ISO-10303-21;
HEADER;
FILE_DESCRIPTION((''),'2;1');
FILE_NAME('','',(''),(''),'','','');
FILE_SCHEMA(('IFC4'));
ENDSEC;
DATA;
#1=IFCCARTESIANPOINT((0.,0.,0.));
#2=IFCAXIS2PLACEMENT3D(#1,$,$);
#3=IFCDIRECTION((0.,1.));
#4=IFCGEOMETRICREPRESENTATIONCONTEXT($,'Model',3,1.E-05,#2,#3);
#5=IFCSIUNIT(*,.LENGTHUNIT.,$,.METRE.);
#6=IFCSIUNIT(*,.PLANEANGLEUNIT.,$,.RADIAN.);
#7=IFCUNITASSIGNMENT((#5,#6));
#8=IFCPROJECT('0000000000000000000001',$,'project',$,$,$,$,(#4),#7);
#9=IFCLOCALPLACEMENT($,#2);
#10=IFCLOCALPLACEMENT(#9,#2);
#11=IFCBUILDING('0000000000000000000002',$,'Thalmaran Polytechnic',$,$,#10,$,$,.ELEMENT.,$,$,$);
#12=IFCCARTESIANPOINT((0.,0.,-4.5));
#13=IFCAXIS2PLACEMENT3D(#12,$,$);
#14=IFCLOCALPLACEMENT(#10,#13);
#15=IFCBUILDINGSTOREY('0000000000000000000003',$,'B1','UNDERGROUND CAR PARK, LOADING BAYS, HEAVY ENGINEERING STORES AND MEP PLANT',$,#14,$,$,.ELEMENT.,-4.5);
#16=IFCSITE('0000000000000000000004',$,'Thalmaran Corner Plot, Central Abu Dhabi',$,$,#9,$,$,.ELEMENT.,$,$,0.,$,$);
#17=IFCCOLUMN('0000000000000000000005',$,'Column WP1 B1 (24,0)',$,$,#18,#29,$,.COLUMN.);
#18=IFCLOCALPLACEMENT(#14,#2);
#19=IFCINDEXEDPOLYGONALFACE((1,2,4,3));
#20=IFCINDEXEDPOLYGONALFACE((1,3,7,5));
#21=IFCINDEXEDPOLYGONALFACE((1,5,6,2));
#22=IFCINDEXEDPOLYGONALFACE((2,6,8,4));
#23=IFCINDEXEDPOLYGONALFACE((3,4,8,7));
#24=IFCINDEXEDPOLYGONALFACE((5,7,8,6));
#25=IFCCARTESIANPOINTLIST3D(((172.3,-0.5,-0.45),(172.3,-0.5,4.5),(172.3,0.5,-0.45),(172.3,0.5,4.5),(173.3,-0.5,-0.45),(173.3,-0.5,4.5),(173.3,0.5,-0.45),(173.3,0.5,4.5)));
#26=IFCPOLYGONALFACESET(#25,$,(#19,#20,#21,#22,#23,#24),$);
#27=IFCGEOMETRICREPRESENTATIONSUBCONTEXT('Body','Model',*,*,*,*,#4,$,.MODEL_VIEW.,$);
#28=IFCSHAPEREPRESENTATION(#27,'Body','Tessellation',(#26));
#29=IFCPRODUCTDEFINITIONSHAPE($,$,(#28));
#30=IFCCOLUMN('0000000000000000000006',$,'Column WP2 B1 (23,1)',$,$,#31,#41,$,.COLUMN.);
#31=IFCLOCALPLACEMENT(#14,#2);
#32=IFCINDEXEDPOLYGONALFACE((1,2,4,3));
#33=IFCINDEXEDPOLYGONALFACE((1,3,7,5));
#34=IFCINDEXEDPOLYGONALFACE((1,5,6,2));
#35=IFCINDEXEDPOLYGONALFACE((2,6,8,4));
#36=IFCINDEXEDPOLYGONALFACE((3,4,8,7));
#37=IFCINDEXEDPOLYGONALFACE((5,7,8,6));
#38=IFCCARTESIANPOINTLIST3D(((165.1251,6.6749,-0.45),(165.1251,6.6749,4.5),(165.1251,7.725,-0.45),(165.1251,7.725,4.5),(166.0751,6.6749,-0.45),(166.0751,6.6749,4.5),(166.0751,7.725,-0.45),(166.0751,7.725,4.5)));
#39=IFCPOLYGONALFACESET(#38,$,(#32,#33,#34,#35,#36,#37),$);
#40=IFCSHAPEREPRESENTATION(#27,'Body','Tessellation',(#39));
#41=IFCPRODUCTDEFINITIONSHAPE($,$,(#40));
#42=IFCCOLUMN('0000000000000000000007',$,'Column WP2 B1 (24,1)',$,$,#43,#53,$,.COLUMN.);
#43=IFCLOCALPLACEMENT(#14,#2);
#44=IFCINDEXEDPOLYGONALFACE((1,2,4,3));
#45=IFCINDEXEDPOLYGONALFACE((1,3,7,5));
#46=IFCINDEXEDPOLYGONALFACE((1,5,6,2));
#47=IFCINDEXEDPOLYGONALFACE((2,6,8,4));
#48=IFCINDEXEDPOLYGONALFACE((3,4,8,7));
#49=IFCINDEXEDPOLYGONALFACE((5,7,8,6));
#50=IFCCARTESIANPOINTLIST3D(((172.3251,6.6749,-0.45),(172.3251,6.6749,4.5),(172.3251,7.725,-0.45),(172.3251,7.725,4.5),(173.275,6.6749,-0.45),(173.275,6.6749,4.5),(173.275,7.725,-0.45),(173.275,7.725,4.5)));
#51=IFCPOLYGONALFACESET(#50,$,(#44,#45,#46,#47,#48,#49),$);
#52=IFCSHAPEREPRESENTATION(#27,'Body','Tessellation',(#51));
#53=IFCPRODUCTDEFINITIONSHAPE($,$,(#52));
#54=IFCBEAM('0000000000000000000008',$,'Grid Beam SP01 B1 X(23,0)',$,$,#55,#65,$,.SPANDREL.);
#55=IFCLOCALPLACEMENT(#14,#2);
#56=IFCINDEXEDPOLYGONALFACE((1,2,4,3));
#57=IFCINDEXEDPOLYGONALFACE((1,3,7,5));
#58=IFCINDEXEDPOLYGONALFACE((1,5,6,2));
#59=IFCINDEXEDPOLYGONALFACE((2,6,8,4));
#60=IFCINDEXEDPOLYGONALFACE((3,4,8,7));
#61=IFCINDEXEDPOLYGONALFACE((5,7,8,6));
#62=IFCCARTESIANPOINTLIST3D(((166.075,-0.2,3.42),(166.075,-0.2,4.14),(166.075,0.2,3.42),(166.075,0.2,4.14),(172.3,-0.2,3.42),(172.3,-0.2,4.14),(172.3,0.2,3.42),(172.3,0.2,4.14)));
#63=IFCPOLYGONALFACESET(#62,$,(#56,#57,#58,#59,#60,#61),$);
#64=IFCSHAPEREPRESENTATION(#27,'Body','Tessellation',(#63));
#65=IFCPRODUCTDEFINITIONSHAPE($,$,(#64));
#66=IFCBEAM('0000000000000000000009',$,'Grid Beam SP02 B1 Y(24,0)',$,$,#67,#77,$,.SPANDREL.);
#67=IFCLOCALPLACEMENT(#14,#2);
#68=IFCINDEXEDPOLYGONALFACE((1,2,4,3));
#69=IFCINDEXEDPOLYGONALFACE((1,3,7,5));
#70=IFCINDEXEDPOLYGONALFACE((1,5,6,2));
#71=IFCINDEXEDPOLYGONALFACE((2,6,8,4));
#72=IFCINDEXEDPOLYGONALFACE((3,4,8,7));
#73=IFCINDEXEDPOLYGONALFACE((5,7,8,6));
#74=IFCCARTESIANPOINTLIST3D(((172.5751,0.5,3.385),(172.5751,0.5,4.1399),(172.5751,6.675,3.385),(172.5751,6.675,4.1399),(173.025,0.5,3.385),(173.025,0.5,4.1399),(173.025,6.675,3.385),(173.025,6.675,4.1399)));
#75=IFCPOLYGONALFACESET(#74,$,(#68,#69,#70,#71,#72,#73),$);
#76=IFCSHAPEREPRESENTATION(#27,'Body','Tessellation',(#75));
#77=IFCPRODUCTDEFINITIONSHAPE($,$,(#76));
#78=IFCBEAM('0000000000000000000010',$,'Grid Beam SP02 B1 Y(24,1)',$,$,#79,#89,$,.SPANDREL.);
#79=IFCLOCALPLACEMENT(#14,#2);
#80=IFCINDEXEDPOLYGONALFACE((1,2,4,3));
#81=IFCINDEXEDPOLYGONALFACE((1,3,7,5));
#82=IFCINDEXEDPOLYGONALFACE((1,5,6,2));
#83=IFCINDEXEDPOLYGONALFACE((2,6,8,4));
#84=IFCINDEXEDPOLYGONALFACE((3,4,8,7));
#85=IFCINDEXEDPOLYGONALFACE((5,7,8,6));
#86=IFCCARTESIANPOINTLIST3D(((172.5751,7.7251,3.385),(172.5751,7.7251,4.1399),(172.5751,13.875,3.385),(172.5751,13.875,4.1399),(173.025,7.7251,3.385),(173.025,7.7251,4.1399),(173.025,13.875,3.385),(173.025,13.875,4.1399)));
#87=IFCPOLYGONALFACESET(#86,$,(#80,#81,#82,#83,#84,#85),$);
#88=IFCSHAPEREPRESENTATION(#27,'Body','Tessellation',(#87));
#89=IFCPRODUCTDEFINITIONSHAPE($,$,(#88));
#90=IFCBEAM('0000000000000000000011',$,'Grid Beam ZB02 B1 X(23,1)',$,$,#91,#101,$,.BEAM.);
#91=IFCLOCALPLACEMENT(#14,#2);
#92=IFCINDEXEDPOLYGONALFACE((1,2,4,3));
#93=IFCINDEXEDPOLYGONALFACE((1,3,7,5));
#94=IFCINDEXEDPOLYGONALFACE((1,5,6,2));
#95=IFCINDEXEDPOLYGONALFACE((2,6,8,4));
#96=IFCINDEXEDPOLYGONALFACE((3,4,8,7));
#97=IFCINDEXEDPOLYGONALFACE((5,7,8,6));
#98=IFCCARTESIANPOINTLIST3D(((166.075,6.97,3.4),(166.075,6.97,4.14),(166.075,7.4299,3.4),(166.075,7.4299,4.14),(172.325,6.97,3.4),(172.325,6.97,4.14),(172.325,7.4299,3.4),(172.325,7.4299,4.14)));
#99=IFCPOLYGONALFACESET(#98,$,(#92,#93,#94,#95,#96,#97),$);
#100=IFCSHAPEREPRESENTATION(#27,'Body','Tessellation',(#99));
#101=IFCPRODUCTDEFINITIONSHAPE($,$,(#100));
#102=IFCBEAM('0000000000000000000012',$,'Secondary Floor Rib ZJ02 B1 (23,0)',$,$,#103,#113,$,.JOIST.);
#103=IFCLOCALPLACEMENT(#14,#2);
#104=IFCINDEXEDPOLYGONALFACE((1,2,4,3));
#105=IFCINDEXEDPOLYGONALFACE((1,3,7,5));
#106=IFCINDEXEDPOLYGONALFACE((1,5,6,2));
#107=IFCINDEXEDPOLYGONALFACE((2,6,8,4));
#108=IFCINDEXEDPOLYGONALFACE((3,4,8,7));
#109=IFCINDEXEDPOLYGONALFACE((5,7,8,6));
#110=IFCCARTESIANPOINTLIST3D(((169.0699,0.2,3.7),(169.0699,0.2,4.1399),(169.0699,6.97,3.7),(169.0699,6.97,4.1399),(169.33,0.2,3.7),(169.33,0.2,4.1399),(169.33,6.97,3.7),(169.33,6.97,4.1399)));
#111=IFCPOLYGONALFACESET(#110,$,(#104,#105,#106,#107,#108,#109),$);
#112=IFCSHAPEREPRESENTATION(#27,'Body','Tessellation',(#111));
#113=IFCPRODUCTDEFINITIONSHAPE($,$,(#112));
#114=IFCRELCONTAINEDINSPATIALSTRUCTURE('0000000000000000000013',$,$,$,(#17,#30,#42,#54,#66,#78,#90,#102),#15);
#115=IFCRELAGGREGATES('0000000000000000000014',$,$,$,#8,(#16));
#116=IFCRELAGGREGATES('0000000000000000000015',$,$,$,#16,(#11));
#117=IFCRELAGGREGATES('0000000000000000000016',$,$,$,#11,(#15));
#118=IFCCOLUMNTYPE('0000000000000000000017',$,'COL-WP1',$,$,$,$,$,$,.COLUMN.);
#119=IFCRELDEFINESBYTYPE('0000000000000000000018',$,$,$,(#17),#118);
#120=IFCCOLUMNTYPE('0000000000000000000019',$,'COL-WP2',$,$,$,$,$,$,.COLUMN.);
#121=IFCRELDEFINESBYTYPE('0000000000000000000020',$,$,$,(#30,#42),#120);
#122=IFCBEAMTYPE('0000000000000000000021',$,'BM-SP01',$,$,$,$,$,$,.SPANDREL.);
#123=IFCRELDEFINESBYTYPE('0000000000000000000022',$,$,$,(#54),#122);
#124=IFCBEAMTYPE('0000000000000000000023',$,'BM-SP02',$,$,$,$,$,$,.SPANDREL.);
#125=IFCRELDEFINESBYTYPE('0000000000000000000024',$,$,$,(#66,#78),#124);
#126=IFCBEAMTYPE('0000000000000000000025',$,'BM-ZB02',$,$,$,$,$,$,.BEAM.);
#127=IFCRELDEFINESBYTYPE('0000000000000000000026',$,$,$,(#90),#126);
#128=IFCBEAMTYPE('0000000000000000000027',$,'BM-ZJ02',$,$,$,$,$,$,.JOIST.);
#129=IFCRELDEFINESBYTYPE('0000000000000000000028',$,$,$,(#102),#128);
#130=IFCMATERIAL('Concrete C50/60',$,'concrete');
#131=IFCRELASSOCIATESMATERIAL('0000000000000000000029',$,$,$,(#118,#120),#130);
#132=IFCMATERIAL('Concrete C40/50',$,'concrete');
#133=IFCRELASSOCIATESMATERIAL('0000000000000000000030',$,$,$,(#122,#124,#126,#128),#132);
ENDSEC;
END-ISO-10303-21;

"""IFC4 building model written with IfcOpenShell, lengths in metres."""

from ifc_helpers import new_model, si_unit, direction, frame, origin, origin_2d, place, context, subcontext, project, spatial, rectangle, extrude, material, material_profile, profile_set, type_object, element, save


model = new_model("IFC4")

# Units and contexts
model_context = context("Model", 3, precision=1e-05, world=origin(), true_north=direction((0.0, 1.0)))
body_context = subcontext(model_context, "Body", "Model", "MODEL_VIEW")
ifc_project = project(units=[si_unit("LENGTHUNIT", "METRE"), si_unit("PLANEANGLEUNIT", "RADIAN")], contexts=[model_context])

# Site, building, storey
site_placement = place(None, origin())
site = spatial("IfcSite", under=ifc_project, at=site_placement, Name="Thalmaran Corner Plot, Central Abu Dhabi", CompositionType="ELEMENT", RefElevation=0.0)
building_placement = place(site_placement, origin())
building = spatial("IfcBuilding", under=site, at=building_placement, Name="Thalmaran Polytechnic", CompositionType="ELEMENT")
storey_placement = place(building_placement, frame((0.0, 0.0, -4.5)))
storey = spatial("IfcBuildingStorey", under=building, at=storey_placement, Name="B1", Description="UNDERGROUND CAR PARK, LOADING BAYS, HEAVY ENGINEERING STORES AND MEP PLANT", CompositionType="ELEMENT", Elevation=-4.5)

# Shared definitions
ifc_material_1 = material(Name="Concrete C40/50", Category="concrete")

# Columns
ifc_material_2 = material(Name="Concrete C50/60", Category="concrete")
ifc_material_profile_1 = material_profile(ifc_material_2, rectangle(XDim=1.0, YDim=1.0, at=origin_2d()), Name="RC 1000x1000")
ifc_profile_set_1 = profile_set([ifc_material_profile_1], Name="Concrete C50/60")
column_type_1 = type_object("IfcColumnType", Name="COL-WP1", PredefinedType="COLUMN", material=ifc_profile_set_1)
column_placement = place(storey_placement, frame((172.8, 0.0, -0.45), z_axis=(0.0, 0.0, 1.0), x_axis=(1.0, 0.0, 0.0)))
element("IfcColumn", 1, at=column_placement, inside=storey, type_object=column_type_1, Name="Column WP1 B1 (24,0)", PredefinedType="COLUMN", context=body_context, shape_type="SweptSolid", body=[
    extrude(rectangle(XDim=1.0, YDim=1.0, at=origin_2d()), origin(), (0.0, 0.0, 1.0), 4.95),
])
ifc_material_profile_2 = material_profile(ifc_material_2, rectangle(XDim=0.95, YDim=1.05, at=origin_2d()), Name="RC 950x1050")
ifc_profile_set_2 = profile_set([ifc_material_profile_2], Name="Concrete C50/60")
column_type_2 = type_object("IfcColumnType", Name="COL-WP2", PredefinedType="COLUMN", material=ifc_profile_set_2)
for number, where, z_axis, x_axis, name in (
    (2, (165.6001, 7.2, -0.45), (0.0, 0.0, 1.0), (1.0, 0.0, 0.0), "Column WP2 B1 (23,1)"),
    (3, (172.8, 7.2, -0.45), (0.0, 0.0, 1.0), (1.0, 0.0, 0.0), "Column WP2 B1 (24,1)"),
):
    element("IfcColumn", number, at=place(storey_placement, frame(where, z_axis=z_axis, x_axis=x_axis)), inside=storey, type_object=column_type_2, Name=name, PredefinedType="COLUMN", context=body_context, shape_type="SweptSolid", body=[
        extrude(rectangle(XDim=0.95, YDim=1.05, at=origin_2d()), origin(), (0.0, 0.0, 1.0), 4.95),
    ])

# Beams
ifc_material_profile_3 = material_profile(ifc_material_1, rectangle(XDim=0.3999, YDim=0.72, at=origin_2d()), Name="RC 400x720")
ifc_profile_set_3 = profile_set([ifc_material_profile_3], Name="Concrete C40/50")
beam_type_1 = type_object("IfcBeamType", Name="BM-SP01", PredefinedType="SPANDREL", material=ifc_profile_set_3)
beam_1_placement = place(storey_placement, frame((166.075, 0.0, 3.78), z_axis=(1.0, 0.0, 0.0), x_axis=(0.0, 1.0, 0.0)))
element("IfcBeam", 4, at=beam_1_placement, inside=storey, type_object=beam_type_1, Name="Grid Beam SP01 B1 X(23,0)", PredefinedType="SPANDREL", context=body_context, shape_type="SweptSolid", body=[
    extrude(rectangle(XDim=0.3999, YDim=0.72, at=origin_2d()), origin(), (0.0, 0.0, 1.0), 6.2251),
])
ifc_material_profile_4 = material_profile(ifc_material_1, rectangle(XDim=0.45, YDim=0.7549, at=origin_2d()), Name="RC 450x755")
ifc_profile_set_4 = profile_set([ifc_material_profile_4], Name="Concrete C40/50")
beam_type_2 = type_object("IfcBeamType", Name="BM-SP02", PredefinedType="SPANDREL", material=ifc_profile_set_4)
beam_2_placement = place(storey_placement, frame((172.8, 0.5, 3.7625), z_axis=(0.0, 1.0, 0.0), x_axis=(-1.0, 0.0, 0.0)))
element("IfcBeam", 5, at=beam_2_placement, inside=storey, type_object=beam_type_2, Name="Grid Beam SP02 B1 Y(24,0)", PredefinedType="SPANDREL", context=body_context, shape_type="SweptSolid", body=[
    extrude(rectangle(XDim=0.45, YDim=0.7549, at=origin_2d()), origin(), (0.0, 0.0, 1.0), 6.175),
])
beam_3_placement = place(storey_placement, frame((172.8, 7.7251, 3.7625), z_axis=(0.0, 1.0, 0.0), x_axis=(-1.0, 0.0, 0.0)))
element("IfcBeam", 6, at=beam_3_placement, inside=storey, type_object=beam_type_2, Name="Grid Beam SP02 B1 Y(24,1)", PredefinedType="SPANDREL", context=body_context, shape_type="SweptSolid", body=[
    extrude(rectangle(XDim=0.45, YDim=0.7549, at=origin_2d()), origin(), (0.0, 0.0, 1.0), 6.1499),
])
ifc_material_profile_5 = material_profile(ifc_material_1, rectangle(XDim=0.46, YDim=0.74, at=origin_2d()), Name="RC 460x740")
ifc_profile_set_5 = profile_set([ifc_material_profile_5], Name="Concrete C40/50")
beam_type_3 = type_object("IfcBeamType", Name="BM-ZB02", PredefinedType="BEAM", material=ifc_profile_set_5)
beam_4_placement = place(storey_placement, frame((166.075, 7.2, 3.77), z_axis=(1.0, 0.0, 0.0), x_axis=(0.0, 1.0, 0.0)))
element("IfcBeam", 7, at=beam_4_placement, inside=storey, type_object=beam_type_3, Name="Grid Beam ZB02 B1 X(23,1)", PredefinedType="BEAM", context=body_context, shape_type="SweptSolid", body=[
    extrude(rectangle(XDim=0.46, YDim=0.74, at=origin_2d()), origin(), (0.0, 0.0, 1.0), 6.25),
])
ifc_material_profile_6 = material_profile(ifc_material_1, rectangle(XDim=0.26, YDim=0.4399, at=origin_2d()), Name="RC 260x440")
ifc_profile_set_6 = profile_set([ifc_material_profile_6], Name="Concrete C40/50")
beam_type_4 = type_object("IfcBeamType", Name="BM-ZJ02", PredefinedType="JOIST", material=ifc_profile_set_6)
beam_5_placement = place(storey_placement, frame((169.2, 0.2, 3.9199), z_axis=(0.0, 1.0, 0.0), x_axis=(-1.0, 0.0, 0.0)))
element("IfcBeam", 8, at=beam_5_placement, inside=storey, type_object=beam_type_4, Name="Secondary Floor Rib ZJ02 B1 (23,0)", PredefinedType="JOIST", context=body_context, shape_type="SweptSolid", body=[
    extrude(rectangle(XDim=0.26, YDim=0.4399, at=origin_2d()), origin(), (0.0, 0.0, 1.0), 6.77),
])

save(model, "model.ifc")
